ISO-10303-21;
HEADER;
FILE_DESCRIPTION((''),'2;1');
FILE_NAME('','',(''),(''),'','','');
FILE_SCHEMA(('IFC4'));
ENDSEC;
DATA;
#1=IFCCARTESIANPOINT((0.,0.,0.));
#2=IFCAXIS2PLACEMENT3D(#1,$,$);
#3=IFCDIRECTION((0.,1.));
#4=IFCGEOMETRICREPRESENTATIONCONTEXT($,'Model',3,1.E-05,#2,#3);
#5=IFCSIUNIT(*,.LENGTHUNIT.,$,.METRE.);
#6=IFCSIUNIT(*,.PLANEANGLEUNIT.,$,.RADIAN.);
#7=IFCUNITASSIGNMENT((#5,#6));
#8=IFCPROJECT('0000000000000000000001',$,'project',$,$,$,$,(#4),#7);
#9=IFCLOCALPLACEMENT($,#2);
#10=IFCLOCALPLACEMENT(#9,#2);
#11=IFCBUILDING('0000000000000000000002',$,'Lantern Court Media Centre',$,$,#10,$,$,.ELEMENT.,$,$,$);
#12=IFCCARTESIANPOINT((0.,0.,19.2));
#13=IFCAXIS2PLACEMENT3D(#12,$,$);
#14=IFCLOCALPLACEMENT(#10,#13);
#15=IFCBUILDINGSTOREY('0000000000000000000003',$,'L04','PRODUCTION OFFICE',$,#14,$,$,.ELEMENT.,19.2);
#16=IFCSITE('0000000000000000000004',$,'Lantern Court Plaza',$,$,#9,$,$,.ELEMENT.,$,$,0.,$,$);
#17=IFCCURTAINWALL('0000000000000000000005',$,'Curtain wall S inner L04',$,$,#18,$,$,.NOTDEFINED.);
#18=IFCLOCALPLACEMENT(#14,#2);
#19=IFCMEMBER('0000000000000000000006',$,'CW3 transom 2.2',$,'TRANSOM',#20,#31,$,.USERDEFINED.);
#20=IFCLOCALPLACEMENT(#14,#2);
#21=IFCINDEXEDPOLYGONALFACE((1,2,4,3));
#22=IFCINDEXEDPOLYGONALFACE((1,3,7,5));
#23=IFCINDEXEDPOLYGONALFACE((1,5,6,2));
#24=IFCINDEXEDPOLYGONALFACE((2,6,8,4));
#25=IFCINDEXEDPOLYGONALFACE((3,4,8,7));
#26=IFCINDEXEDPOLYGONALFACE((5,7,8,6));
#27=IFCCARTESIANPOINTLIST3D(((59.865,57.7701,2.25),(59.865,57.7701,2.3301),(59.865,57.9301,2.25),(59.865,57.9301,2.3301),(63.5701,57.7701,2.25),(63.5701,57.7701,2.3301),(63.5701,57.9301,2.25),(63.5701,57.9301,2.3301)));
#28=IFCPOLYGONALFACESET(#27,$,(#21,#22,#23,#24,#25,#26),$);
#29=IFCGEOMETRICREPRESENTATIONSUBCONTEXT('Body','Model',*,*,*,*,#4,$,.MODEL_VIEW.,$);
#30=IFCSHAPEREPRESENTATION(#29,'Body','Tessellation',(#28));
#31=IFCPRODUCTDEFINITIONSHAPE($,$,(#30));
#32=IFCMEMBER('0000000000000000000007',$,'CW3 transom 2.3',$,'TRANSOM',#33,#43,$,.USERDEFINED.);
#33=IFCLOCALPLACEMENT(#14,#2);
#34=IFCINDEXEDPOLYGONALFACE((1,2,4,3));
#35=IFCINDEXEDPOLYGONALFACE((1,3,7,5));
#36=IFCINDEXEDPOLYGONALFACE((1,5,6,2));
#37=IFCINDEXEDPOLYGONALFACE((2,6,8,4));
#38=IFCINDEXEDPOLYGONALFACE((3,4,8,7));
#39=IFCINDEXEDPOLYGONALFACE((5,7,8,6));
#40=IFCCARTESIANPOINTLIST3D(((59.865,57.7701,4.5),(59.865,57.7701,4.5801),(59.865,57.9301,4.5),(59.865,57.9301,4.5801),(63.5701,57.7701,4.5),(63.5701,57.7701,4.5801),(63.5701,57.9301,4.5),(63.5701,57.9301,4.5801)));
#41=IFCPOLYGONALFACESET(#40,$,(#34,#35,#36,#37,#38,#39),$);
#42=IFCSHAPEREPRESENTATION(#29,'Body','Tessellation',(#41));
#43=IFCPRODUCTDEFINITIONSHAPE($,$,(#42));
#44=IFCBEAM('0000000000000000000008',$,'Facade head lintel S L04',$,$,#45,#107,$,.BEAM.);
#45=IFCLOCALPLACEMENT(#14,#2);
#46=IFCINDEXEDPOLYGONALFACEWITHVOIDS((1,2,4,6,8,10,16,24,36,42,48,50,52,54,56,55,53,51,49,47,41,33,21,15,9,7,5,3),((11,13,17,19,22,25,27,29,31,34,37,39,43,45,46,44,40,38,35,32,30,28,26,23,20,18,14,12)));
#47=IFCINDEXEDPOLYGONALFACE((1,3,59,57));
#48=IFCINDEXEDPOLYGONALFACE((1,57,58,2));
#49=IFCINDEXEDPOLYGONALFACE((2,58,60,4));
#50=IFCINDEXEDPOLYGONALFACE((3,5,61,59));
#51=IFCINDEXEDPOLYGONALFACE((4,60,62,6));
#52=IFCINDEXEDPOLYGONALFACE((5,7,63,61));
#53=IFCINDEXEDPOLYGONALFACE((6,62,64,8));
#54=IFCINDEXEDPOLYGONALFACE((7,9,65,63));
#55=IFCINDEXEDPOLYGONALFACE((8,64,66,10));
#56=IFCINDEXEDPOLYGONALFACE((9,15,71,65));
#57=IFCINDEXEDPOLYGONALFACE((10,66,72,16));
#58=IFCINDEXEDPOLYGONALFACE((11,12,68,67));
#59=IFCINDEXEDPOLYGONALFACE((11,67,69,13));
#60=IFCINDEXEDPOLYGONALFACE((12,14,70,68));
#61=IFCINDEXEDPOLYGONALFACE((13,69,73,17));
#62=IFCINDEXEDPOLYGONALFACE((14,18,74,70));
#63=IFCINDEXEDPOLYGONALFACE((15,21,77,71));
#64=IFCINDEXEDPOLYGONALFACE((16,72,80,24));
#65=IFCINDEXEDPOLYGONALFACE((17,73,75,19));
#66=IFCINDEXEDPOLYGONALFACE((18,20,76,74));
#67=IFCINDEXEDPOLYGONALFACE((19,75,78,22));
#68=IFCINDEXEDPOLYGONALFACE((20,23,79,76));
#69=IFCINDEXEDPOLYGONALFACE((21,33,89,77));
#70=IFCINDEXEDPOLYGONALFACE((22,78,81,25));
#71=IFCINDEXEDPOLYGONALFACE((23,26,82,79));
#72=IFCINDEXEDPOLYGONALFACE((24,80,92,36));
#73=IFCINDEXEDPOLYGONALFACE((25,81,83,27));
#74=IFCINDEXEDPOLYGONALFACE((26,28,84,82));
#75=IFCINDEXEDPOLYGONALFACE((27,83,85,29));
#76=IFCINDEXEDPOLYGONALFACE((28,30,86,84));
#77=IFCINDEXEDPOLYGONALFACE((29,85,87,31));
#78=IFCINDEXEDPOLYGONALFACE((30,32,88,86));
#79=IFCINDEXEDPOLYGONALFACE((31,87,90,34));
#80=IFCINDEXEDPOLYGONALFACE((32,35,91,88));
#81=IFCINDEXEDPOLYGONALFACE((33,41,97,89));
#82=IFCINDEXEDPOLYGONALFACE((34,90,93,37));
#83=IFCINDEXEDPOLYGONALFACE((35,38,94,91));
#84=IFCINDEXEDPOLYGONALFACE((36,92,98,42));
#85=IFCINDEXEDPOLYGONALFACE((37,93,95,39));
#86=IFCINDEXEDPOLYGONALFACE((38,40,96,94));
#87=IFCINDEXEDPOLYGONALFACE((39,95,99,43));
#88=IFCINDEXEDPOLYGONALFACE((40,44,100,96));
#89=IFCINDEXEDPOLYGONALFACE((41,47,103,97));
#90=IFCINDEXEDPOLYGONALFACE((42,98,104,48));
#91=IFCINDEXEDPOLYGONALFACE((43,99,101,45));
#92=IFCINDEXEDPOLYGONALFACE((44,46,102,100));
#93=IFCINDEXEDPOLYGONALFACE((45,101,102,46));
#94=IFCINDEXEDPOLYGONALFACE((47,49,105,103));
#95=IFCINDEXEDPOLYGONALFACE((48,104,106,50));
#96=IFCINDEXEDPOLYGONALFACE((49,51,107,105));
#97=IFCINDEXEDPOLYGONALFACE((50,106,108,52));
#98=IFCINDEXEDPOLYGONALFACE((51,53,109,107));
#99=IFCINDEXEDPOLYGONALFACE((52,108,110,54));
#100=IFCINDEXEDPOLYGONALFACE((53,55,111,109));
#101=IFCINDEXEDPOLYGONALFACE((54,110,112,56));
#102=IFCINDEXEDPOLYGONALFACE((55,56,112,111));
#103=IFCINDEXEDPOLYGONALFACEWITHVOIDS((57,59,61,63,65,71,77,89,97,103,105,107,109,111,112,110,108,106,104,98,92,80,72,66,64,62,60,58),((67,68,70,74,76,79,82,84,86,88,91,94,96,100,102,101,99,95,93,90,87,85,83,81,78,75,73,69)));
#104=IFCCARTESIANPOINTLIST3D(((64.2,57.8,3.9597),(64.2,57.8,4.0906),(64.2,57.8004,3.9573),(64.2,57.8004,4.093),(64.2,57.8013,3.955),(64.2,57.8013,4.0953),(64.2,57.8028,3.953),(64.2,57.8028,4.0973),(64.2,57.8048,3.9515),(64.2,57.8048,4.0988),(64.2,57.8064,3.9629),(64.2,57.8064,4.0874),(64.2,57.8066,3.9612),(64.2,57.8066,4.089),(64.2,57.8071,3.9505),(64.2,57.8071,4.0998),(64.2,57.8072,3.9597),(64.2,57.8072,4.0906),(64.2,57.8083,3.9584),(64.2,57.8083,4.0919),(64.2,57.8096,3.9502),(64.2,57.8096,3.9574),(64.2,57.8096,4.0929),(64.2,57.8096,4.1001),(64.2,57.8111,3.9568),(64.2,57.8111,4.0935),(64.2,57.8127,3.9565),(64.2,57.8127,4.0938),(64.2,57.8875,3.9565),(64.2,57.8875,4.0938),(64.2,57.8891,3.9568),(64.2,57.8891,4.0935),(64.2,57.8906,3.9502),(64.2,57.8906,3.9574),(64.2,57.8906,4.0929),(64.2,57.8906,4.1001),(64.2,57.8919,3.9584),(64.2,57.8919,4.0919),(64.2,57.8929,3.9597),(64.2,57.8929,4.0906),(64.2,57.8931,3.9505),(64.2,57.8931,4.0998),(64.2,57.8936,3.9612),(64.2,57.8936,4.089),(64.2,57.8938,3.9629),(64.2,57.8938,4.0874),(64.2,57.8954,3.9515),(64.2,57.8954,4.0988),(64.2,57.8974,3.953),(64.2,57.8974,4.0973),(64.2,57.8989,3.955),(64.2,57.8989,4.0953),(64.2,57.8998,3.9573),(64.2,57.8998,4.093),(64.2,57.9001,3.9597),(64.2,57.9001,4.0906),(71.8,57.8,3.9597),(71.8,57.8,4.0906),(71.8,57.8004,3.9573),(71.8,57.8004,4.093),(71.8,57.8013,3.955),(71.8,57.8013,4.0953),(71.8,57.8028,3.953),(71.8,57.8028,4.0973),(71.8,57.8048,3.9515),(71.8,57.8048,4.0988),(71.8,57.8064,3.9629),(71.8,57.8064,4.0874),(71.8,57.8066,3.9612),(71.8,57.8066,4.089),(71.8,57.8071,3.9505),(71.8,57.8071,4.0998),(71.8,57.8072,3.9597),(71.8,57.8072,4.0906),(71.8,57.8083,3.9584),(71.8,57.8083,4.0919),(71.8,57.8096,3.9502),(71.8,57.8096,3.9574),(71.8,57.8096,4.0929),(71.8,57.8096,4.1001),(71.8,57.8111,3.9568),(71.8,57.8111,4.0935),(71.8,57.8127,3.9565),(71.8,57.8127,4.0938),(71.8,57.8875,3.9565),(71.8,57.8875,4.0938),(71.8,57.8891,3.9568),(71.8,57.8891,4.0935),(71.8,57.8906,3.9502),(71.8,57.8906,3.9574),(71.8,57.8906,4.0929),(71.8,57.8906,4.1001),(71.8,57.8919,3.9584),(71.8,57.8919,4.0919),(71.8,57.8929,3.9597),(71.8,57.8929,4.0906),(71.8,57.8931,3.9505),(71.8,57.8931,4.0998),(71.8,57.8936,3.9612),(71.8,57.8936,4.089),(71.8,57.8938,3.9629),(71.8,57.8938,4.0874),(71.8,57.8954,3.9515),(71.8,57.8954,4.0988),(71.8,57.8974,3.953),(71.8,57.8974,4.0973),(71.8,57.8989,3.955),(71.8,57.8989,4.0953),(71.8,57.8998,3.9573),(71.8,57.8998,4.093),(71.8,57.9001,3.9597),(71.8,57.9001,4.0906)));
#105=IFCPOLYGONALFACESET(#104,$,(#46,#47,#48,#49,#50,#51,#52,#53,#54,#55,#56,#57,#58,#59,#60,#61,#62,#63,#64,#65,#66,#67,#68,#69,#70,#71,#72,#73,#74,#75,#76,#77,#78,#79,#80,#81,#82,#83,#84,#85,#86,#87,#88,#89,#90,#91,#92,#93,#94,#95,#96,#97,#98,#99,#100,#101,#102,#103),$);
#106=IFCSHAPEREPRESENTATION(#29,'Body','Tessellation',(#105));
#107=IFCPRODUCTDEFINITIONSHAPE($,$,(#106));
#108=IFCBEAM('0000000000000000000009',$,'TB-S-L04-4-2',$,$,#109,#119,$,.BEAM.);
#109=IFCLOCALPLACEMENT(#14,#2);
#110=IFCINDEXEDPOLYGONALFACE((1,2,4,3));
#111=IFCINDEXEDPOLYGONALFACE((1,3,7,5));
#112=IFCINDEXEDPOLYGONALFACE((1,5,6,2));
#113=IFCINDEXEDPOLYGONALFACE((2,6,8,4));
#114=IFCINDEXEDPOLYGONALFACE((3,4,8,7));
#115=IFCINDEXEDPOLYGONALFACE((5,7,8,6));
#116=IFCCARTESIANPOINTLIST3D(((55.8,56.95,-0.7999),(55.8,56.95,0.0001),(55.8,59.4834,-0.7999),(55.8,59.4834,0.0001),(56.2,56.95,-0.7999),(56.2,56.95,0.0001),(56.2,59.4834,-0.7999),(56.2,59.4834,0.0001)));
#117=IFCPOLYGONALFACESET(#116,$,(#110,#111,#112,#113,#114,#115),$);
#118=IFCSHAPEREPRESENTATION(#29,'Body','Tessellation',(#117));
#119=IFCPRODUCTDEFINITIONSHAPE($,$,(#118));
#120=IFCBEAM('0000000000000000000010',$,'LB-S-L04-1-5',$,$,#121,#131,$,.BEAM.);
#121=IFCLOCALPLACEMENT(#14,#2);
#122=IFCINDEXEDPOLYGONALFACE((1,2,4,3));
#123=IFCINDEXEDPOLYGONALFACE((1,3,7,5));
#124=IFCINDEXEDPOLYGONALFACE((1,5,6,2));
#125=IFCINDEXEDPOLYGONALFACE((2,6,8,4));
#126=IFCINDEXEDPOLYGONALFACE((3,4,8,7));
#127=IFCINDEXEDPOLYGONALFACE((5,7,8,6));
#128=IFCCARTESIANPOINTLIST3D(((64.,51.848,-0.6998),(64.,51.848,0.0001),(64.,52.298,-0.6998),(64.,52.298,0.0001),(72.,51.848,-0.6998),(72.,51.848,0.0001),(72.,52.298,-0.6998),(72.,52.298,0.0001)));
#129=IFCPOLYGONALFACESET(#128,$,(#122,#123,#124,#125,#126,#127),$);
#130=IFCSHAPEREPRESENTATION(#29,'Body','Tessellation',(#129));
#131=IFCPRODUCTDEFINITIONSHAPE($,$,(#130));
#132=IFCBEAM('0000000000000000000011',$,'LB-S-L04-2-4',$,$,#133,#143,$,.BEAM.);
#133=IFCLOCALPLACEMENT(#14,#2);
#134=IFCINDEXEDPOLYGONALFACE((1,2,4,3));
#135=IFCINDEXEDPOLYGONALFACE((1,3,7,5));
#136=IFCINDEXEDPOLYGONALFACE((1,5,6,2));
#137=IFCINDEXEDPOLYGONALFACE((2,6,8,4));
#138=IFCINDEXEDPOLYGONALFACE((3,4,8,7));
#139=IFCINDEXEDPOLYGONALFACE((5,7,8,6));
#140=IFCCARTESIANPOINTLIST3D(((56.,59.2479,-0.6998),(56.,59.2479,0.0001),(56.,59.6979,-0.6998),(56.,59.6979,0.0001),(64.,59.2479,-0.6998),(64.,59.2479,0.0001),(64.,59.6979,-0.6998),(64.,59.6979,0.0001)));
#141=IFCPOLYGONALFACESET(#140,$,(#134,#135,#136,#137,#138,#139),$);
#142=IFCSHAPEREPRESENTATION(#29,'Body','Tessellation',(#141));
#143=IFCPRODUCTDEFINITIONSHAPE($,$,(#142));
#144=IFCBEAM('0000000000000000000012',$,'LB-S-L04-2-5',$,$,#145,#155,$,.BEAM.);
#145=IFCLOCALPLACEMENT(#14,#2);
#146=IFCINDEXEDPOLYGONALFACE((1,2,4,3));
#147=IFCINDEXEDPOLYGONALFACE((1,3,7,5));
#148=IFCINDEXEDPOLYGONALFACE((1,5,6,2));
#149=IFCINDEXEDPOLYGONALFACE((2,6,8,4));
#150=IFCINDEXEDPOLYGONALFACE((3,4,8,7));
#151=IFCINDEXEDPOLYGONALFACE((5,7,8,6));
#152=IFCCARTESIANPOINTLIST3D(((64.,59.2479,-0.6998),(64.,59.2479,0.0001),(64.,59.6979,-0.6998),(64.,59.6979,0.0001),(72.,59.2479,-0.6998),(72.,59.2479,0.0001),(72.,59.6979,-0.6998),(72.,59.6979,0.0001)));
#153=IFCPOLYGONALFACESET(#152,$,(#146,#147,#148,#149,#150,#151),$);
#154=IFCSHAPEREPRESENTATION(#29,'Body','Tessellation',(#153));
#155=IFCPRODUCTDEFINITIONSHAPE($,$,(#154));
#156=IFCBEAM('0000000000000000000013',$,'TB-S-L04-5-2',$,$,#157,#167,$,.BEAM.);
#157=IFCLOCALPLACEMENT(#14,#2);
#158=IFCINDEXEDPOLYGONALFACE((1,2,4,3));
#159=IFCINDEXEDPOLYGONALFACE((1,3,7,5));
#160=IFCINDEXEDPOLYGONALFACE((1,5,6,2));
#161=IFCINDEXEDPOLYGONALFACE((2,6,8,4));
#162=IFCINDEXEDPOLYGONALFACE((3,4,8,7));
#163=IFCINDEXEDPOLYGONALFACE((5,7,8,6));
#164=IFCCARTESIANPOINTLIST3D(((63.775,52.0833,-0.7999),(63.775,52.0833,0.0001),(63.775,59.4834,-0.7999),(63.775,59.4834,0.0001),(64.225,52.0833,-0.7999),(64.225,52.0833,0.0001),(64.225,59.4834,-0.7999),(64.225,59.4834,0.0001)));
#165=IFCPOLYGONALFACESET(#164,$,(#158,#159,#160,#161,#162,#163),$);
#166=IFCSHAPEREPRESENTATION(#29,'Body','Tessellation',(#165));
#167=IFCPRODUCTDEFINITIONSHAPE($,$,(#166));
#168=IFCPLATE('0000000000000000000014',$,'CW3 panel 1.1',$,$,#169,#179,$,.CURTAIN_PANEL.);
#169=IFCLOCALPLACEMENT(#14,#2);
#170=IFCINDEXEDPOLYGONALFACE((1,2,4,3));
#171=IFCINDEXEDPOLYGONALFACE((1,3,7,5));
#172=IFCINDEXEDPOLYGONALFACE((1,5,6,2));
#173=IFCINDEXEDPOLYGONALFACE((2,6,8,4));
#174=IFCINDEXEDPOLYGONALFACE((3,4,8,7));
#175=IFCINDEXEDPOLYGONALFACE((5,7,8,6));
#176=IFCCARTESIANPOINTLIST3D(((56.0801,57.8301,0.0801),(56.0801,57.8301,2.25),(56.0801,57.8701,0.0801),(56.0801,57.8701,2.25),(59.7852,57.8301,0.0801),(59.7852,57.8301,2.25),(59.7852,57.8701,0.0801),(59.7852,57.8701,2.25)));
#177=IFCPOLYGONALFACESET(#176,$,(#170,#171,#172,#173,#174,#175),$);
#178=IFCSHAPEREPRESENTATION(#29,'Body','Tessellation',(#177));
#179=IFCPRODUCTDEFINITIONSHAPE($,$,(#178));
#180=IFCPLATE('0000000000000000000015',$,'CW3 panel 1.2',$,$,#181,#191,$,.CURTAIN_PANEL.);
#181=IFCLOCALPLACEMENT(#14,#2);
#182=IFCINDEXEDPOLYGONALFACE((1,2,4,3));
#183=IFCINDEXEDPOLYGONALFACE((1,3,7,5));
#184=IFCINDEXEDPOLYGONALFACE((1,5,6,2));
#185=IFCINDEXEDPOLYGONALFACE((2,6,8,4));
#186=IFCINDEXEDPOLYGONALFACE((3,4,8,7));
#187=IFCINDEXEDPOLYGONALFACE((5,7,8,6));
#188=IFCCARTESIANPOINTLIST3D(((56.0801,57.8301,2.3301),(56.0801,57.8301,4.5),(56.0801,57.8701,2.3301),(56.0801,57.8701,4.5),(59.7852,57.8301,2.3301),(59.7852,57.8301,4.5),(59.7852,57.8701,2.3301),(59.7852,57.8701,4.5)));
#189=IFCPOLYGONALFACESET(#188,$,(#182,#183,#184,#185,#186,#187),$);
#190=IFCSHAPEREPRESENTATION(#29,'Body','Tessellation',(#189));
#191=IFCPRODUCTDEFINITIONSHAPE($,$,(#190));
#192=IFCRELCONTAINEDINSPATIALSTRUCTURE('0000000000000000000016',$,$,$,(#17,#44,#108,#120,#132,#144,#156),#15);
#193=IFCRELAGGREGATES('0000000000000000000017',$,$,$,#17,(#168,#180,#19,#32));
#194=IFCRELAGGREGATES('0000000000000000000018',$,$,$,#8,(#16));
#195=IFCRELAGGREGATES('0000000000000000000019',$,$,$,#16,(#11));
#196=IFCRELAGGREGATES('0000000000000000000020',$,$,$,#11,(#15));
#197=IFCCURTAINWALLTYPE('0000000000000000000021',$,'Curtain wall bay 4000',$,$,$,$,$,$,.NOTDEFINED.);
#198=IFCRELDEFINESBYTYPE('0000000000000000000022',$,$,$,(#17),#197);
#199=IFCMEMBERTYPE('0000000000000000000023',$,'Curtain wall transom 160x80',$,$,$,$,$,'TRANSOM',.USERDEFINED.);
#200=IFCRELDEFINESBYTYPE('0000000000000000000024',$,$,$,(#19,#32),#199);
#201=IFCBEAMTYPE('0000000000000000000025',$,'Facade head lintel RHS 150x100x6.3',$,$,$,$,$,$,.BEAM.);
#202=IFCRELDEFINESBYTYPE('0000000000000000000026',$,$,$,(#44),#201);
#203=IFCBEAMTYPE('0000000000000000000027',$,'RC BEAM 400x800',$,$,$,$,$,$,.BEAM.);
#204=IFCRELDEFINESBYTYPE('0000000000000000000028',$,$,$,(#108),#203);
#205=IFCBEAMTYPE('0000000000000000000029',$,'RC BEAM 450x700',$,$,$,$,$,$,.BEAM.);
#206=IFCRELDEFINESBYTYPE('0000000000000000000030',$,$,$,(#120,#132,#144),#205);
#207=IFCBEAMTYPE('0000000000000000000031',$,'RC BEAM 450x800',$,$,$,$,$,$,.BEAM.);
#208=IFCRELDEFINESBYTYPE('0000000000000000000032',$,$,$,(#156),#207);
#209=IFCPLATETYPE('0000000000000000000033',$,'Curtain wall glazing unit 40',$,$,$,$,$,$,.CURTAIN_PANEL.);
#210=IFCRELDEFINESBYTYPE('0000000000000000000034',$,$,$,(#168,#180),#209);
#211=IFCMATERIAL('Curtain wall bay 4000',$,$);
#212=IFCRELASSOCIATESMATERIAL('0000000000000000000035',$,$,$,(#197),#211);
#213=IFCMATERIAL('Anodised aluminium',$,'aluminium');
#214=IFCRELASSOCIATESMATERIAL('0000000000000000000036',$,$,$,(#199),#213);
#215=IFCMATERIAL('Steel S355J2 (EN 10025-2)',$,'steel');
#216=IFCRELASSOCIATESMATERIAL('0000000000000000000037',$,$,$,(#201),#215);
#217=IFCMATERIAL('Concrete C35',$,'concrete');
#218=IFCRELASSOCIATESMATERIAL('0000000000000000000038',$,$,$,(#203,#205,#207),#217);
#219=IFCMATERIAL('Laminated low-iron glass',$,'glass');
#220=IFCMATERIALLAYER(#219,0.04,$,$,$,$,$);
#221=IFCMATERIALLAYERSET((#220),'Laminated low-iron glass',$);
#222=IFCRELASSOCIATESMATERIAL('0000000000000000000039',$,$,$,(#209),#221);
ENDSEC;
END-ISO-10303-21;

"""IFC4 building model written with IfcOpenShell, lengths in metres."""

from ifc_helpers import new_model, si_unit, direction, frame, origin, origin_2d, place, context, subcontext, project, spatial, rectangle, hollow_rectangle, extrude, material, layer, layer_set, material_profile, profile_set, type_object, element, aggregate, save


model = new_model("IFC4")

# Units and contexts
model_context = context("Model", 3, precision=1e-05, world=origin(), true_north=direction((0.0, 1.0)))
body_context = subcontext(model_context, "Body", "Model", "MODEL_VIEW")
ifc_project = project(units=[si_unit("LENGTHUNIT", "METRE"), si_unit("PLANEANGLEUNIT", "RADIAN")], contexts=[model_context])

# Site, building, storey
site_placement = place(None, origin())
site = spatial("IfcSite", under=ifc_project, at=site_placement, Name="Lantern Court Plaza", CompositionType="ELEMENT", RefElevation=0.0)
building_placement = place(site_placement, origin())
building = spatial("IfcBuilding", under=site, at=building_placement, Name="Lantern Court Media Centre", CompositionType="ELEMENT")
storey_placement = place(building_placement, frame((0.0, 0.0, 19.2)))
storey = spatial("IfcBuildingStorey", under=building, at=storey_placement, Name="L04", Description="PRODUCTION OFFICE", CompositionType="ELEMENT", Elevation=19.2)

# Shared definitions
ifc_material_1 = material(Name="Concrete C35", Category="concrete")

# Shared definitions
ifc_material_2 = material(Name="Anodised aluminium", Category="aluminium")

# Curtain wall
ifc_material_3 = material(Name="Curtain wall bay 4000")
curtain_wall_type_1 = type_object("IfcCurtainWallType", Name="Curtain wall bay 4000", PredefinedType="NOTDEFINED", material=ifc_material_3)
curtain_wall_1_placement = place(storey_placement, origin())
curtain_wall_1 = element("IfcCurtainWall", 1, at=curtain_wall_1_placement, inside=storey, type_object=curtain_wall_type_1, Name="Curtain wall S inner L04", PredefinedType="NOTDEFINED")

# Members
ifc_material_profile_1 = material_profile(ifc_material_2, rectangle(XDim=0.1599, YDim=0.0801, at=origin_2d()), Name="AL 80x160")
ifc_profile_set_1 = profile_set([ifc_material_profile_1], Name="Anodised aluminium")
member_type_1 = type_object("IfcMemberType", Name="Curtain wall transom 160x80", ElementType="TRANSOM", PredefinedType="USERDEFINED", material=ifc_profile_set_1)
member_1_placement = place(storey_placement, frame((59.865, 57.8501, 2.29), z_axis=(1.0, 0.0, 0.0), x_axis=(0.0, 1.0, 0.0)))
member_1 = element("IfcMember", 2, at=member_1_placement, type_object=member_type_1, Name="CW3 transom 2.2", ObjectType="TRANSOM", PredefinedType="USERDEFINED", context=body_context, shape_type="SweptSolid", body=[
    extrude(rectangle(XDim=0.1599, YDim=0.0801, at=origin_2d()), origin(), (0.0, 0.0, 1.0), 3.7051),
])
member_2_placement = place(storey_placement, frame((59.865, 57.8501, 4.54), z_axis=(1.0, 0.0, 0.0), x_axis=(0.0, 1.0, 0.0)))
member_2 = element("IfcMember", 3, at=member_2_placement, type_object=member_type_1, Name="CW3 transom 2.3", ObjectType="TRANSOM", PredefinedType="USERDEFINED", context=body_context, shape_type="SweptSolid", body=[
    extrude(rectangle(XDim=0.1599, YDim=0.0801, at=origin_2d()), origin(), (0.0, 0.0, 1.0), 3.7051),
])

# Beams
ifc_material_4 = material(Name="Steel S355J2 (EN 10025-2)", Category="steel")
ifc_material_profile_2 = material_profile(ifc_material_4, hollow_rectangle(XDim=0.1001, YDim=0.1499, WallThickness=0.0063, InnerFilletRadius=0.0063, OuterFilletRadius=0.0095, at=origin_2d()), Name="Facade head lintel RHS 150x100x6.3")
ifc_profile_set_2 = profile_set([ifc_material_profile_2], Name="Steel S355J2 (EN 10025-2)")
beam_type_1 = type_object("IfcBeamType", Name="Facade head lintel RHS 150x100x6.3", PredefinedType="BEAM", material=ifc_profile_set_2)
beam_1_placement = place(storey_placement, frame((64.2, 57.8501, 4.0251), z_axis=(1.0, 0.0, 0.0), x_axis=(0.0, 1.0, 0.0)))
element("IfcBeam", 4, at=beam_1_placement, inside=storey, type_object=beam_type_1, Name="Facade head lintel S L04", PredefinedType="BEAM", context=body_context, shape_type="SweptSolid", body=[
    extrude(hollow_rectangle(XDim=0.1001, YDim=0.1499, WallThickness=0.0063, InnerFilletRadius=0.0063, OuterFilletRadius=0.0095, at=origin_2d()), origin(), (0.0, 0.0, 1.0), 7.6001),
])
ifc_material_profile_3 = material_profile(ifc_material_1, rectangle(XDim=0.3999, YDim=0.8, at=origin_2d()), Name="RC 400x800")
ifc_profile_set_3 = profile_set([ifc_material_profile_3], Name="Concrete C35")
beam_type_2 = type_object("IfcBeamType", Name="RC BEAM 400x800", PredefinedType="BEAM", material=ifc_profile_set_3)
beam_2_placement = place(storey_placement, frame((56.0, 56.95, -0.3999), z_axis=(0.0, 1.0, 0.0), x_axis=(-1.0, 0.0, 0.0)))
element("IfcBeam", 5, at=beam_2_placement, inside=storey, type_object=beam_type_2, Name="TB-S-L04-4-2", PredefinedType="BEAM", context=body_context, shape_type="SweptSolid", body=[
    extrude(rectangle(XDim=0.3999, YDim=0.8, at=origin_2d()), origin(), (0.0, 0.0, 1.0), 2.5334),
])
ifc_material_profile_4 = material_profile(ifc_material_1, rectangle(XDim=0.45, YDim=0.7, at=origin_2d()), Name="RC 450x700")
ifc_profile_set_4 = profile_set([ifc_material_profile_4], Name="Concrete C35")
beam_type_3 = type_object("IfcBeamType", Name="RC BEAM 450x700", PredefinedType="BEAM", material=ifc_profile_set_4)
for number, where, z_axis, x_axis, name in (
    (6, (64.0, 52.073, -0.3499), (1.0, 0.0, 0.0), (0.0, 1.0, 0.0), "LB-S-L04-1-5"),
    (7, (56.0, 59.4729, -0.3499), (1.0, 0.0, 0.0), (0.0, 1.0, 0.0), "LB-S-L04-2-4"),
    (8, (64.0, 59.4729, -0.3499), (1.0, 0.0, 0.0), (0.0, 1.0, 0.0), "LB-S-L04-2-5"),
):
    element("IfcBeam", number, at=place(storey_placement, frame(where, z_axis=z_axis, x_axis=x_axis)), inside=storey, type_object=beam_type_3, Name=name, PredefinedType="BEAM", context=body_context, shape_type="SweptSolid", body=[
        extrude(rectangle(XDim=0.45, YDim=0.7, at=origin_2d()), origin(), (0.0, 0.0, 1.0), 8.0),
    ])
ifc_material_profile_5 = material_profile(ifc_material_1, rectangle(XDim=0.45, YDim=0.8, at=origin_2d()), Name="RC 450x800")
ifc_profile_set_5 = profile_set([ifc_material_profile_5], Name="Concrete C35")
beam_type_4 = type_object("IfcBeamType", Name="RC BEAM 450x800", PredefinedType="BEAM", material=ifc_profile_set_5)
beam_3_placement = place(storey_placement, frame((64.0, 52.0833, -0.3999), z_axis=(0.0, 1.0, 0.0), x_axis=(-1.0, 0.0, 0.0)))
element("IfcBeam", 9, at=beam_3_placement, inside=storey, type_object=beam_type_4, Name="TB-S-L04-5-2", PredefinedType="BEAM", context=body_context, shape_type="SweptSolid", body=[
    extrude(rectangle(XDim=0.45, YDim=0.8, at=origin_2d()), origin(), (0.0, 0.0, 1.0), 7.4001),
])

# Plates
ifc_material_5 = material(Name="Laminated low-iron glass", Category="glass")
ifc_layer_1 = layer(ifc_material_5, 0.04)
ifc_layer_set_1 = layer_set([ifc_layer_1], Name="Laminated low-iron glass")
plate_type = type_object("IfcPlateType", Name="Curtain wall glazing unit 40", PredefinedType="CURTAIN_PANEL", material=ifc_layer_set_1)
plate_1_placement = place(storey_placement, frame((57.9326, 57.8501, 0.0801), z_axis=(0.0, 0.0, 1.0), x_axis=(1.0, 0.0, 0.0)))
plate_1 = element("IfcPlate", 10, at=plate_1_placement, type_object=plate_type, Name="CW3 panel 1.1", PredefinedType="CURTAIN_PANEL", context=body_context, shape_type="SweptSolid", body=[
    extrude(rectangle(XDim=3.7051, YDim=0.04, at=origin_2d()), origin(), (0.0, 0.0, 1.0), 2.1699),
])
plate_2_placement = place(storey_placement, frame((57.9326, 57.8501, 2.3301), z_axis=(0.0, 0.0, 1.0), x_axis=(1.0, 0.0, 0.0)))
plate_2 = element("IfcPlate", 11, at=plate_2_placement, type_object=plate_type, Name="CW3 panel 1.2", PredefinedType="CURTAIN_PANEL", context=body_context, shape_type="SweptSolid", body=[
    extrude(rectangle(XDim=3.7051, YDim=0.04, at=origin_2d()), origin(), (0.0, 0.0, 1.0), 2.1699),
])
aggregate(curtain_wall_1, [plate_1, plate_2, member_1, member_2])

save(model, "model.ifc")
